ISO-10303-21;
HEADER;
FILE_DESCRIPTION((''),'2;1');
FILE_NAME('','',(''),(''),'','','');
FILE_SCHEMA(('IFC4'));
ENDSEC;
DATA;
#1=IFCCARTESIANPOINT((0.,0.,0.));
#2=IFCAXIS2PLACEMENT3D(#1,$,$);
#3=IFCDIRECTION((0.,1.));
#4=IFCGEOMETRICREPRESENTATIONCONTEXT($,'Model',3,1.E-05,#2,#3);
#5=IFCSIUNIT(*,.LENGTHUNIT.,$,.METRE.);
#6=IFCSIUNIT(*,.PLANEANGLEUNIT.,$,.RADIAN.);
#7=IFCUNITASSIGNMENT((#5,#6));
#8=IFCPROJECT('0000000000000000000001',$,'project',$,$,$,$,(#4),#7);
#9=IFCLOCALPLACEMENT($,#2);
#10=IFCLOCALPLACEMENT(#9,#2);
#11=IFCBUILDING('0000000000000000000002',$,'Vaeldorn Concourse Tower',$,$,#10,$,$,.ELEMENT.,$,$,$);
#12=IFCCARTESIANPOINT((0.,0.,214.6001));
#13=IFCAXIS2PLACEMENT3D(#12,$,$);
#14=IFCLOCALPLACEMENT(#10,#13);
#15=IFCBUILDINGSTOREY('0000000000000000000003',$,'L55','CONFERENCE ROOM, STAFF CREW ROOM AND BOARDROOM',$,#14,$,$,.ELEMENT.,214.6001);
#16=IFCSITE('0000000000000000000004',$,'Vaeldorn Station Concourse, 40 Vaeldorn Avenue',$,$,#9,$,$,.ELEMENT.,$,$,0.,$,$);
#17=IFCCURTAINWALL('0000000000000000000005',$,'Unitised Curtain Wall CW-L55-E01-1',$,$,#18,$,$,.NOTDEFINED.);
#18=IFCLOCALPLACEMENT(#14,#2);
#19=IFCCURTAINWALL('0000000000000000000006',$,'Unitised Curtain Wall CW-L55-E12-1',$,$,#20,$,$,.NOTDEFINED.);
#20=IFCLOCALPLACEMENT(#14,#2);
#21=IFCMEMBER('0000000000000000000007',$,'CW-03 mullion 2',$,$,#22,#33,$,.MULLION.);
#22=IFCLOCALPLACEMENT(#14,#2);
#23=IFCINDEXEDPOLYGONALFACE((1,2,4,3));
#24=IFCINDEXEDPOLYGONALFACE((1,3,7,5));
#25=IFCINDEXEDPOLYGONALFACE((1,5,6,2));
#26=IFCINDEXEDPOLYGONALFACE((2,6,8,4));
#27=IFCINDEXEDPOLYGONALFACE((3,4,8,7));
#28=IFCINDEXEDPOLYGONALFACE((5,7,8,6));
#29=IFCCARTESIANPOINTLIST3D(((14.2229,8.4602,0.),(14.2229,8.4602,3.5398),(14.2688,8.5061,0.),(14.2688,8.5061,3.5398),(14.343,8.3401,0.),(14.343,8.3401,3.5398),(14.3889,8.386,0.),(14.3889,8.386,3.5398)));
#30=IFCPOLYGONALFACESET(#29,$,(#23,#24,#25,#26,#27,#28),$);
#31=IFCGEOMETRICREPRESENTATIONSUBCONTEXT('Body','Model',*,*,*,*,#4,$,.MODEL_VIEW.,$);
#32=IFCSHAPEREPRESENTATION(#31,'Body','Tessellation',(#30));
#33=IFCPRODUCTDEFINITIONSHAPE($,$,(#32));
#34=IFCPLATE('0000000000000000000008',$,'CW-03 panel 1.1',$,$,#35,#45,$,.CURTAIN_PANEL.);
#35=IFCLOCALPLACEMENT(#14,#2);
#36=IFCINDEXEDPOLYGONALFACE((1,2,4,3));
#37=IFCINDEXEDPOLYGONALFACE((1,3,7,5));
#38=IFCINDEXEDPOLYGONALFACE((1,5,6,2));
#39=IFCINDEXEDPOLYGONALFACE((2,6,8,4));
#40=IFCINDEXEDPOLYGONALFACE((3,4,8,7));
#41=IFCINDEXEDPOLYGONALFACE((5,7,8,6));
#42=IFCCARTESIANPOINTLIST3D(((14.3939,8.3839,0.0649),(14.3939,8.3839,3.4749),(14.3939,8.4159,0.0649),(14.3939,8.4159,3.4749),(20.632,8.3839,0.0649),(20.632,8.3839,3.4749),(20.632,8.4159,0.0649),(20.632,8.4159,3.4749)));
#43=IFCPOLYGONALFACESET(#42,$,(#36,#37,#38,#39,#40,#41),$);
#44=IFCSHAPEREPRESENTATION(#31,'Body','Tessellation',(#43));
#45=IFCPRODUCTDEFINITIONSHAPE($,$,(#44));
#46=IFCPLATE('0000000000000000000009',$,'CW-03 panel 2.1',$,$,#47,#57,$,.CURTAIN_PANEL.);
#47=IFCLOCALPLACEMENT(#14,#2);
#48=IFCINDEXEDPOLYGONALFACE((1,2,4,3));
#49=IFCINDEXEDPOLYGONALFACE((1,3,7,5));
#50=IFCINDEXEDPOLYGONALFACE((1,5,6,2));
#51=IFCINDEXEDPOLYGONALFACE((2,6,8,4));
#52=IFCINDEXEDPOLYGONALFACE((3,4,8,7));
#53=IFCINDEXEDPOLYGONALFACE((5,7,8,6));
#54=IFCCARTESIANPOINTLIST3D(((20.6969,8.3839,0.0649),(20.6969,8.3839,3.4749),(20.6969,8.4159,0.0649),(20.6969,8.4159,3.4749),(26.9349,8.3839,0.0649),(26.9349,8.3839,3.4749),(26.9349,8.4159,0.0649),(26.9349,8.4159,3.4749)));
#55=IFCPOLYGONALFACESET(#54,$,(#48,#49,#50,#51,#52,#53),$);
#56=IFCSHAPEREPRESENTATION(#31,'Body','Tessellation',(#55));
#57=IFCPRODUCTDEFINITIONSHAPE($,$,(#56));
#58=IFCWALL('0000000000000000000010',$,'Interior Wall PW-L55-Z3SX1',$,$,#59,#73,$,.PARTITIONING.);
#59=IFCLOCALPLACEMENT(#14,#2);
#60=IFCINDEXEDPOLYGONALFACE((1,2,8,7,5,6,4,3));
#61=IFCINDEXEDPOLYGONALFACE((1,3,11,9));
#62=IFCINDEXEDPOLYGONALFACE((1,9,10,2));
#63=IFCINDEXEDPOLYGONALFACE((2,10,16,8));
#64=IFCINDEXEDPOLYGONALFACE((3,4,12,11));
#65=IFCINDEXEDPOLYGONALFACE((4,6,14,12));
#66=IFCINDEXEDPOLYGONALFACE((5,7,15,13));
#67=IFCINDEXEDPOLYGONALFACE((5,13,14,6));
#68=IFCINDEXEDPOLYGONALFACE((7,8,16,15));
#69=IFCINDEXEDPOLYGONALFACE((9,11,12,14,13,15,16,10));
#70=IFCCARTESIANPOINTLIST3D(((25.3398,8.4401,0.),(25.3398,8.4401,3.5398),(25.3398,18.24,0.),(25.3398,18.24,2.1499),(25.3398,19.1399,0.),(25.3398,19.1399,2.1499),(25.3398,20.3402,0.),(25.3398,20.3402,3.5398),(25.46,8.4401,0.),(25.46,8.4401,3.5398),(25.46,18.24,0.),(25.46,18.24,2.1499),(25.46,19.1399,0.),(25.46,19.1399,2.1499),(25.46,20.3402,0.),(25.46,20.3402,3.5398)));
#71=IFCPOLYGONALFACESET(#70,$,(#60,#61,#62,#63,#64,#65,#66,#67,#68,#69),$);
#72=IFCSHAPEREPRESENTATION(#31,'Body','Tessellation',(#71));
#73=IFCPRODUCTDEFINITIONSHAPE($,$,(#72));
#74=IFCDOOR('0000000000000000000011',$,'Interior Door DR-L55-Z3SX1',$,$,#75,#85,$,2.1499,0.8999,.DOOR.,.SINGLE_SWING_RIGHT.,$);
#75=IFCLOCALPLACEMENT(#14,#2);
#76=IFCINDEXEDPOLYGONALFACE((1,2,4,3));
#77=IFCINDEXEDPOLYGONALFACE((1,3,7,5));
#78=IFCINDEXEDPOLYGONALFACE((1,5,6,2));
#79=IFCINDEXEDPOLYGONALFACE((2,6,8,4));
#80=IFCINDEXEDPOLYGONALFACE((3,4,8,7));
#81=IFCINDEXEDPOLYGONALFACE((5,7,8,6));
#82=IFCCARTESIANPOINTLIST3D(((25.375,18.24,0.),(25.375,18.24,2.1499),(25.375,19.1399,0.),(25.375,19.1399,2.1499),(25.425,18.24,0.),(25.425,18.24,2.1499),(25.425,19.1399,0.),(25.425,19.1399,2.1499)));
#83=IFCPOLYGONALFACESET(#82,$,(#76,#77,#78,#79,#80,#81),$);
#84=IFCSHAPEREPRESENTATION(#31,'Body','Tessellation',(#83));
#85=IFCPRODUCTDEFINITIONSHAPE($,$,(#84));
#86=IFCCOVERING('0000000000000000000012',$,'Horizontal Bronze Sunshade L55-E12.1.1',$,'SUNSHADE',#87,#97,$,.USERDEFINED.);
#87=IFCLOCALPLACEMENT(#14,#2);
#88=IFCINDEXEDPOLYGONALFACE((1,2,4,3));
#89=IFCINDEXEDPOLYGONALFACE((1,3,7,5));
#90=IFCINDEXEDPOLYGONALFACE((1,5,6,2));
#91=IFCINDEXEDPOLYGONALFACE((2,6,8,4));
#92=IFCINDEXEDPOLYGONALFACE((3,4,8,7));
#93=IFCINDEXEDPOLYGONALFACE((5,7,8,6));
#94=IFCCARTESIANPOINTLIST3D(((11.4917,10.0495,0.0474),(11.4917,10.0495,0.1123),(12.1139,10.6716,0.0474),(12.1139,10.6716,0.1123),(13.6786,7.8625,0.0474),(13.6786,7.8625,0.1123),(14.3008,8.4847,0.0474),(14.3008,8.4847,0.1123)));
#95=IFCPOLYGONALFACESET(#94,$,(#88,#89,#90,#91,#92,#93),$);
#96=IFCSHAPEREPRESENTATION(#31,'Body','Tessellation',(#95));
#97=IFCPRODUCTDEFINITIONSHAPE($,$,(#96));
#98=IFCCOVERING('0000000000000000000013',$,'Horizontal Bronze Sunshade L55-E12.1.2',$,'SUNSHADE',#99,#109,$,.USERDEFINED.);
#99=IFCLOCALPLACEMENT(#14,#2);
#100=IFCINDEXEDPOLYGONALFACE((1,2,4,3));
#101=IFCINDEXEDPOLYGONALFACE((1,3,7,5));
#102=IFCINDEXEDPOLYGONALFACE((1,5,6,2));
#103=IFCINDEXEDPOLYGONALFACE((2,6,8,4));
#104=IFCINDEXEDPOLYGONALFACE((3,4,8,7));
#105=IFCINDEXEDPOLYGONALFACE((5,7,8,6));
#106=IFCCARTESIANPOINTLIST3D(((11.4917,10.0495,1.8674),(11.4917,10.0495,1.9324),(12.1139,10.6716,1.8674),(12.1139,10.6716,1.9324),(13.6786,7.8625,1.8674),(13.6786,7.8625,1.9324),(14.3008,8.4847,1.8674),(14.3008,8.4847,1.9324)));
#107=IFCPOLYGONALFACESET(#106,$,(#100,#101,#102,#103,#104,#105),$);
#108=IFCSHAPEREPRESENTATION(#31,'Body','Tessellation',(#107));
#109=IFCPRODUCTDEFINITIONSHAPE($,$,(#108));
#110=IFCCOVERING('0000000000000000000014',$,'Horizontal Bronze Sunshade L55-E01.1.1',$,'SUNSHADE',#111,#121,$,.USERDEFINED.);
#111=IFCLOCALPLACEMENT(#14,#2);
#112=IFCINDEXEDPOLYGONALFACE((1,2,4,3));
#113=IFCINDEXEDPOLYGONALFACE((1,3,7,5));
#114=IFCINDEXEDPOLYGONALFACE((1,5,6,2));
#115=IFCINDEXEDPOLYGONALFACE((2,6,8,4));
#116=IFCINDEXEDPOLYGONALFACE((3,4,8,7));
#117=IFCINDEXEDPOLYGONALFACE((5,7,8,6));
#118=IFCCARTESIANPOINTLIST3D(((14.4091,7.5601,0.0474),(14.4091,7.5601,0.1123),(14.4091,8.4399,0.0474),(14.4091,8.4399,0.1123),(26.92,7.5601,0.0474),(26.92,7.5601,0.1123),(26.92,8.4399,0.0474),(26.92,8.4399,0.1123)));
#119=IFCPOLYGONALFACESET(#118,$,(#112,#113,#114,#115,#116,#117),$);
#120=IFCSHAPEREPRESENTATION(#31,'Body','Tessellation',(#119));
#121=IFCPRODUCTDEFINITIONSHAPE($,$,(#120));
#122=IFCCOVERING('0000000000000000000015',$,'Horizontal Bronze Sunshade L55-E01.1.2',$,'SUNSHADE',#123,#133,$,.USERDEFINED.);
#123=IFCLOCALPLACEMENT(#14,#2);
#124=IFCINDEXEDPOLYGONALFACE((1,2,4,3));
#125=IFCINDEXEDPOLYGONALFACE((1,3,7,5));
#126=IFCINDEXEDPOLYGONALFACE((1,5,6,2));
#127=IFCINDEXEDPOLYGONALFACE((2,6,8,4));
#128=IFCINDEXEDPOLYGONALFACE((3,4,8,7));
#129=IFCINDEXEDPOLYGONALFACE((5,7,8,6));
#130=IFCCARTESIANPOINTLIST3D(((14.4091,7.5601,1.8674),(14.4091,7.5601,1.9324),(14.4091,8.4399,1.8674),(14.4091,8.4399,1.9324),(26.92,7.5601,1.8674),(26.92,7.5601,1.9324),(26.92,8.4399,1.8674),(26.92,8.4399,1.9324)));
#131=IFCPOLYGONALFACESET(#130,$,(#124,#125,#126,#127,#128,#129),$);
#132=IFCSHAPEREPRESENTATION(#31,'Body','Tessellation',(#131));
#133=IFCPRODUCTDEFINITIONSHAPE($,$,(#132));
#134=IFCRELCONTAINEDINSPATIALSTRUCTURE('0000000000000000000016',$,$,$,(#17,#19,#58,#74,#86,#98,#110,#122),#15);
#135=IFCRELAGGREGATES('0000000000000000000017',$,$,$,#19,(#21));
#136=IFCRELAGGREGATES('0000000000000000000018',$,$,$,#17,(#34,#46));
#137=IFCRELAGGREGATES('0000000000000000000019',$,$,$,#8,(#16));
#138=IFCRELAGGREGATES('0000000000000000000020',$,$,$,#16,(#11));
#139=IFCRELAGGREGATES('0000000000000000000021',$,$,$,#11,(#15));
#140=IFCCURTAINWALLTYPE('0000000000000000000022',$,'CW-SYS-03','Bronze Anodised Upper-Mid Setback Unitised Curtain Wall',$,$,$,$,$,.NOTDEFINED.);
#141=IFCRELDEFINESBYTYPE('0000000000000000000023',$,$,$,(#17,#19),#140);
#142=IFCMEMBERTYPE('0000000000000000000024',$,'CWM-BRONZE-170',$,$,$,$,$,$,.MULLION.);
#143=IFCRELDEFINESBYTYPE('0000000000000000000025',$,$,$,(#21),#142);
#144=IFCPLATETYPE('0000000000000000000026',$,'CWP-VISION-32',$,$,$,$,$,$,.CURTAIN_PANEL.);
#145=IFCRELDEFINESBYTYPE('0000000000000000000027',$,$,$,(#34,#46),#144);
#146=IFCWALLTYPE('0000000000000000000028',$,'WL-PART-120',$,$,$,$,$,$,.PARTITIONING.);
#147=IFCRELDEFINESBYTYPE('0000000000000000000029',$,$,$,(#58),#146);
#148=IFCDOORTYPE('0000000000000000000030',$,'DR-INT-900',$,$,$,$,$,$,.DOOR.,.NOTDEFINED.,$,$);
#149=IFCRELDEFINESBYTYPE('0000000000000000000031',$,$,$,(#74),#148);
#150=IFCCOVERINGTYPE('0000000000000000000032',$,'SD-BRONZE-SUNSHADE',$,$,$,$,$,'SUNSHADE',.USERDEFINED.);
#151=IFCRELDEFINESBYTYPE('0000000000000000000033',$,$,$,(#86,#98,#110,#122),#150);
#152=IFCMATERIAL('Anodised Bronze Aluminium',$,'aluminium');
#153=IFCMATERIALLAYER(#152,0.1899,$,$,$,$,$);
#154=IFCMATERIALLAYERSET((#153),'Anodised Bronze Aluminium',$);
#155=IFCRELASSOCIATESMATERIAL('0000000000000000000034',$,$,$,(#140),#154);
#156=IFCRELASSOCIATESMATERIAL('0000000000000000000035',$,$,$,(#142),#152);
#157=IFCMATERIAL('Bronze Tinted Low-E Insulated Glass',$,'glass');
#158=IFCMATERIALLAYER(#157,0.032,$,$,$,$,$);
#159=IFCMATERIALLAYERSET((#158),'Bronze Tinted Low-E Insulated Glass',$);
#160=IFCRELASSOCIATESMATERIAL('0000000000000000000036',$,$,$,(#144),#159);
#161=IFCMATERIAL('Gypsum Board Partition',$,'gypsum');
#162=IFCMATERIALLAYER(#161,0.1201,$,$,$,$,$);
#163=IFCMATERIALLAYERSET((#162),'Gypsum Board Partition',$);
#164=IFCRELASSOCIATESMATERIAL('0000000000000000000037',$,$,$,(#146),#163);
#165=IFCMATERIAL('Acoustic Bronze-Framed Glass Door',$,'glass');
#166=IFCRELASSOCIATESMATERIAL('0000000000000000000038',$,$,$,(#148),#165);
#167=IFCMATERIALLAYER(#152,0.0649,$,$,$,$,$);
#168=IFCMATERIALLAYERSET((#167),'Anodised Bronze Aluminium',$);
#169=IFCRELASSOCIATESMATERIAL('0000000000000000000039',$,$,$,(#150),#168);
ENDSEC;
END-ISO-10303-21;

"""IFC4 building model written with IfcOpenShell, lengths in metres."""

from ifc_helpers import new_model, si_unit, direction, frame, frame_2d, origin, origin_2d, place, context, subcontext, project, spatial, rectangle, extrude, source, transform, mapped, material, layer, layer_set, material_profile, profile_set, type_object, element, fill, aggregate, save


model = new_model("IFC4")

# Units and contexts
model_context = context("Model", 3, precision=1e-05, world=origin(), true_north=direction((0.0, 1.0)))
body_context = subcontext(model_context, "Body", "Model", "MODEL_VIEW")
ifc_project = project(units=[si_unit("LENGTHUNIT", "METRE"), si_unit("PLANEANGLEUNIT", "RADIAN")], contexts=[model_context])

# Site, building, storey
site_placement = place(None, origin())
site = spatial("IfcSite", under=ifc_project, at=site_placement, Name="Vaeldorn Station Concourse, 40 Vaeldorn Avenue", CompositionType="ELEMENT", RefElevation=0.0)
building_placement = place(site_placement, origin())
building = spatial("IfcBuilding", under=site, at=building_placement, Name="Vaeldorn Concourse Tower", CompositionType="ELEMENT")
storey_placement = place(building_placement, frame((0.0, 0.0, 214.6001)))
storey = spatial("IfcBuildingStorey", under=building, at=storey_placement, Name="L55", Description="CONFERENCE ROOM, STAFF CREW ROOM AND BOARDROOM", CompositionType="ELEMENT", Elevation=214.6001)

# Curtain wall
ifc_material_1 = material(Name="Anodised Bronze Aluminium", Category="aluminium")
ifc_layer_1 = layer(ifc_material_1, 0.1899)
ifc_layer_set_1 = layer_set([ifc_layer_1], Name="Anodised Bronze Aluminium")
curtain_wall_type = type_object("IfcCurtainWallType", Name="CW-SYS-03", Description="Bronze Anodised Upper-Mid Setback Unitised Curtain Wall", PredefinedType="NOTDEFINED", material=ifc_layer_set_1)
curtain_wall_1_placement = place(storey_placement, origin())
curtain_wall_1 = element("IfcCurtainWall", 1, at=curtain_wall_1_placement, inside=storey, type_object=curtain_wall_type, Name="Unitised Curtain Wall CW-L55-E01-1", PredefinedType="NOTDEFINED")
ifc_material_profile_1 = material_profile(ifc_material_1, rectangle(XDim=0.0649, YDim=0.1699, at=origin_2d()), Name="CWM 65x170")
ifc_profile_set_1 = profile_set([ifc_material_profile_1], Name="Anodised Bronze Aluminium")
member_type_1 = type_object("IfcMemberType", Name="CWM-BRONZE-170", PredefinedType="MULLION", material=ifc_profile_set_1)
shared_shape_1 = source(origin(), body_context, "Body", "SweptSolid", [
    extrude(rectangle(XDim=0.0649, YDim=0.1699, at=origin_2d()), origin(), (0.0, 0.0, 1.0), 3.5398),
])

# Curtain wall, member
curtain_wall_2_placement = place(storey_placement, origin())
curtain_wall_2 = element("IfcCurtainWall", 2, at=curtain_wall_2_placement, inside=storey, type_object=curtain_wall_type, Name="Unitised Curtain Wall CW-L55-E12-1", PredefinedType="NOTDEFINED")
member_1_placement = place(storey_placement, frame((14.3059, 8.4231, 0.0), z_axis=(0.0, 0.0, 1.0), x_axis=(0.707107, 0.707107, 0.0)))
member_1 = element("IfcMember", 3, at=member_1_placement, type_object=member_type_1, Name="CW-03 mullion 2", PredefinedType="MULLION", context=body_context, shape_type="MappedRepresentation", body=[
    mapped(shared_shape_1, transform((0.0, 0.0, 0.0), scale=1.0)),
])
aggregate(curtain_wall_2, [member_1])

# Plates
ifc_material_2 = material(Name="Bronze Tinted Low-E Insulated Glass", Category="glass")
ifc_layer_2 = layer(ifc_material_2, 0.032)
ifc_layer_set_2 = layer_set([ifc_layer_2], Name="Bronze Tinted Low-E Insulated Glass")
plate_type = type_object("IfcPlateType", Name="CWP-VISION-32", PredefinedType="CURTAIN_PANEL", material=ifc_layer_set_2)
shared_shape_2 = source(origin(), body_context, "Body", "SweptSolid", [
    extrude(rectangle(XDim=6.238, YDim=0.032, at=origin_2d()), origin(), (0.0, 0.0, 1.0), 3.4099),
])
plate_1_placement = place(storey_placement, frame((17.5129, 8.3999, 0.0649), z_axis=(0.0, 0.0, 1.0), x_axis=(1.0, 0.0, 0.0)))
plate_1 = element("IfcPlate", 4, at=plate_1_placement, type_object=plate_type, Name="CW-03 panel 1.1", PredefinedType="CURTAIN_PANEL", context=body_context, shape_type="MappedRepresentation", body=[
    mapped(shared_shape_2, transform((0.0, 0.0, 0.0), scale=1.0)),
])
plate_2_placement = place(storey_placement, frame((23.8159, 8.3999, 0.0649), z_axis=(0.0, 0.0, 1.0), x_axis=(1.0, 0.0, 0.0)))
plate_2 = element("IfcPlate", 5, at=plate_2_placement, type_object=plate_type, Name="CW-03 panel 2.1", PredefinedType="CURTAIN_PANEL", context=body_context, shape_type="MappedRepresentation", body=[
    mapped(shared_shape_2, transform((0.0, 0.0, 0.0), scale=1.0)),
])
aggregate(curtain_wall_1, [plate_1, plate_2])

# Wall, opening, door
ifc_material_3 = material(Name="Gypsum Board Partition", Category="gypsum")
ifc_layer_3 = layer(ifc_material_3, 0.1201)
ifc_layer_set_3 = layer_set([ifc_layer_3], Name="Gypsum Board Partition")
wall_type = type_object("IfcWallType", Name="WL-PART-120", PredefinedType="PARTITIONING", material=ifc_layer_set_3)
wall_placement = place(storey_placement, frame((25.3999, 8.4399, 0.0), z_axis=(0.0, 0.0, 1.0), x_axis=(0.0, 1.0, 0.0)))
wall = element("IfcWall", 6, at=wall_placement, inside=storey, type_object=wall_type, Name="Interior Wall PW-L55-Z3SX1", PredefinedType="PARTITIONING", context=body_context, shape_type="SweptSolid", body=[
    extrude(rectangle(XDim=11.9001, YDim=0.1201, at=frame_2d((5.9502, 0.0))), origin(), (0.0, 0.0, 1.0), 3.5398),
])
opening_placement = place(wall_placement, frame((9.8, 0.0, 0.0)))
opening = element("IfcOpeningElement", 7, at=opening_placement, cuts=wall, PredefinedType="OPENING", context=body_context, shape_type="SweptSolid", body=[
    extrude(rectangle(XDim=0.8999, YDim=2.1499, at=frame_2d((0.45, 1.075))), frame((0.0, 0.0701, 0.0), z_axis=(0.0, -1.0, 0.0), x_axis=(1.0, 0.0, 0.0)), (0.0, 0.0, 1.0), 0.1401),
])
ifc_material_4 = material(Name="Acoustic Bronze-Framed Glass Door", Category="glass")
door_type = type_object("IfcDoorType", Name="DR-INT-900", OperationType="NOTDEFINED", PredefinedType="DOOR", material=ifc_material_4)
shared_shape_3 = source(origin(), body_context, "Body", "SweptSolid", [
    extrude(rectangle(XDim=0.8999, YDim=2.1499, at=frame_2d((0.45, 1.075))), frame((0.0, 0.0249, 0.0), z_axis=(0.0, -1.0, 0.0), x_axis=(1.0, 0.0, 0.0)), (0.0, 0.0, 1.0), 0.05),
])
door_placement = place(opening_placement, origin())
door = element("IfcDoor", 8, at=door_placement, inside=storey, type_object=door_type, Name="Interior Door DR-L55-Z3SX1", OperationType="SINGLE_SWING_RIGHT", OverallHeight=2.1499, OverallWidth=0.8999, PredefinedType="DOOR", context=body_context, shape_type="MappedRepresentation", body=[
    mapped(shared_shape_3, transform((0.0, 0.0, 0.0), scale=1.0)),
])
fill(opening, door)

# Coverings
ifc_layer_4 = layer(ifc_material_1, 0.0649)
ifc_layer_set_4 = layer_set([ifc_layer_4], Name="Anodised Bronze Aluminium")
covering_type = type_object("IfcCoveringType", Name="SD-BRONZE-SUNSHADE", ElementType="SUNSHADE", PredefinedType="USERDEFINED", material=ifc_layer_set_4)
shared_shape_4 = source(origin(), body_context, "Body", "SweptSolid", [
    extrude(rectangle(XDim=3.0928, YDim=0.8799, at=origin_2d()), origin(), (0.0, 0.0, 1.0), 0.0649),
])
for number, where, z_axis, x_axis, name in (
    (9, (12.8962, 9.2671, 0.0474), (0.0, 0.0, 1.0), (0.707107, -0.707107, 0.0), "Horizontal Bronze Sunshade L55-E12.1.1"),
    (10, (12.8962, 9.2671, 1.8674), (0.0, 0.0, 1.0), (0.707107, -0.707107, 0.0), "Horizontal Bronze Sunshade L55-E12.1.2"),
):
    element("IfcCovering", number, at=place(storey_placement, frame(where, z_axis=z_axis, x_axis=x_axis)), inside=storey, type_object=covering_type, Name=name, ObjectType="SUNSHADE", PredefinedType="USERDEFINED", context=body_context, shape_type="MappedRepresentation", body=[
        mapped(shared_shape_4, transform((0.0, 0.0, 0.0), scale=1.0)),
    ])
shared_shape_5 = source(origin(), body_context, "Body", "SweptSolid", [
    extrude(rectangle(XDim=12.511, YDim=0.8799, at=origin_2d()), origin(), (0.0, 0.0, 1.0), 0.0649),
])
for number, where, z_axis, x_axis, name in (
    (11, (20.6646, 8.0, 0.0474), (0.0, 0.0, 1.0), (1.0, 0.0, 0.0), "Horizontal Bronze Sunshade L55-E01.1.1"),
    (12, (20.6646, 8.0, 1.8674), (0.0, 0.0, 1.0), (1.0, 0.0, 0.0), "Horizontal Bronze Sunshade L55-E01.1.2"),
):
    element("IfcCovering", number, at=place(storey_placement, frame(where, z_axis=z_axis, x_axis=x_axis)), inside=storey, type_object=covering_type, Name=name, ObjectType="SUNSHADE", PredefinedType="USERDEFINED", context=body_context, shape_type="MappedRepresentation", body=[
        mapped(shared_shape_5, transform((0.0, 0.0, 0.0), scale=1.0)),
    ])

save(model, "model.ifc")
